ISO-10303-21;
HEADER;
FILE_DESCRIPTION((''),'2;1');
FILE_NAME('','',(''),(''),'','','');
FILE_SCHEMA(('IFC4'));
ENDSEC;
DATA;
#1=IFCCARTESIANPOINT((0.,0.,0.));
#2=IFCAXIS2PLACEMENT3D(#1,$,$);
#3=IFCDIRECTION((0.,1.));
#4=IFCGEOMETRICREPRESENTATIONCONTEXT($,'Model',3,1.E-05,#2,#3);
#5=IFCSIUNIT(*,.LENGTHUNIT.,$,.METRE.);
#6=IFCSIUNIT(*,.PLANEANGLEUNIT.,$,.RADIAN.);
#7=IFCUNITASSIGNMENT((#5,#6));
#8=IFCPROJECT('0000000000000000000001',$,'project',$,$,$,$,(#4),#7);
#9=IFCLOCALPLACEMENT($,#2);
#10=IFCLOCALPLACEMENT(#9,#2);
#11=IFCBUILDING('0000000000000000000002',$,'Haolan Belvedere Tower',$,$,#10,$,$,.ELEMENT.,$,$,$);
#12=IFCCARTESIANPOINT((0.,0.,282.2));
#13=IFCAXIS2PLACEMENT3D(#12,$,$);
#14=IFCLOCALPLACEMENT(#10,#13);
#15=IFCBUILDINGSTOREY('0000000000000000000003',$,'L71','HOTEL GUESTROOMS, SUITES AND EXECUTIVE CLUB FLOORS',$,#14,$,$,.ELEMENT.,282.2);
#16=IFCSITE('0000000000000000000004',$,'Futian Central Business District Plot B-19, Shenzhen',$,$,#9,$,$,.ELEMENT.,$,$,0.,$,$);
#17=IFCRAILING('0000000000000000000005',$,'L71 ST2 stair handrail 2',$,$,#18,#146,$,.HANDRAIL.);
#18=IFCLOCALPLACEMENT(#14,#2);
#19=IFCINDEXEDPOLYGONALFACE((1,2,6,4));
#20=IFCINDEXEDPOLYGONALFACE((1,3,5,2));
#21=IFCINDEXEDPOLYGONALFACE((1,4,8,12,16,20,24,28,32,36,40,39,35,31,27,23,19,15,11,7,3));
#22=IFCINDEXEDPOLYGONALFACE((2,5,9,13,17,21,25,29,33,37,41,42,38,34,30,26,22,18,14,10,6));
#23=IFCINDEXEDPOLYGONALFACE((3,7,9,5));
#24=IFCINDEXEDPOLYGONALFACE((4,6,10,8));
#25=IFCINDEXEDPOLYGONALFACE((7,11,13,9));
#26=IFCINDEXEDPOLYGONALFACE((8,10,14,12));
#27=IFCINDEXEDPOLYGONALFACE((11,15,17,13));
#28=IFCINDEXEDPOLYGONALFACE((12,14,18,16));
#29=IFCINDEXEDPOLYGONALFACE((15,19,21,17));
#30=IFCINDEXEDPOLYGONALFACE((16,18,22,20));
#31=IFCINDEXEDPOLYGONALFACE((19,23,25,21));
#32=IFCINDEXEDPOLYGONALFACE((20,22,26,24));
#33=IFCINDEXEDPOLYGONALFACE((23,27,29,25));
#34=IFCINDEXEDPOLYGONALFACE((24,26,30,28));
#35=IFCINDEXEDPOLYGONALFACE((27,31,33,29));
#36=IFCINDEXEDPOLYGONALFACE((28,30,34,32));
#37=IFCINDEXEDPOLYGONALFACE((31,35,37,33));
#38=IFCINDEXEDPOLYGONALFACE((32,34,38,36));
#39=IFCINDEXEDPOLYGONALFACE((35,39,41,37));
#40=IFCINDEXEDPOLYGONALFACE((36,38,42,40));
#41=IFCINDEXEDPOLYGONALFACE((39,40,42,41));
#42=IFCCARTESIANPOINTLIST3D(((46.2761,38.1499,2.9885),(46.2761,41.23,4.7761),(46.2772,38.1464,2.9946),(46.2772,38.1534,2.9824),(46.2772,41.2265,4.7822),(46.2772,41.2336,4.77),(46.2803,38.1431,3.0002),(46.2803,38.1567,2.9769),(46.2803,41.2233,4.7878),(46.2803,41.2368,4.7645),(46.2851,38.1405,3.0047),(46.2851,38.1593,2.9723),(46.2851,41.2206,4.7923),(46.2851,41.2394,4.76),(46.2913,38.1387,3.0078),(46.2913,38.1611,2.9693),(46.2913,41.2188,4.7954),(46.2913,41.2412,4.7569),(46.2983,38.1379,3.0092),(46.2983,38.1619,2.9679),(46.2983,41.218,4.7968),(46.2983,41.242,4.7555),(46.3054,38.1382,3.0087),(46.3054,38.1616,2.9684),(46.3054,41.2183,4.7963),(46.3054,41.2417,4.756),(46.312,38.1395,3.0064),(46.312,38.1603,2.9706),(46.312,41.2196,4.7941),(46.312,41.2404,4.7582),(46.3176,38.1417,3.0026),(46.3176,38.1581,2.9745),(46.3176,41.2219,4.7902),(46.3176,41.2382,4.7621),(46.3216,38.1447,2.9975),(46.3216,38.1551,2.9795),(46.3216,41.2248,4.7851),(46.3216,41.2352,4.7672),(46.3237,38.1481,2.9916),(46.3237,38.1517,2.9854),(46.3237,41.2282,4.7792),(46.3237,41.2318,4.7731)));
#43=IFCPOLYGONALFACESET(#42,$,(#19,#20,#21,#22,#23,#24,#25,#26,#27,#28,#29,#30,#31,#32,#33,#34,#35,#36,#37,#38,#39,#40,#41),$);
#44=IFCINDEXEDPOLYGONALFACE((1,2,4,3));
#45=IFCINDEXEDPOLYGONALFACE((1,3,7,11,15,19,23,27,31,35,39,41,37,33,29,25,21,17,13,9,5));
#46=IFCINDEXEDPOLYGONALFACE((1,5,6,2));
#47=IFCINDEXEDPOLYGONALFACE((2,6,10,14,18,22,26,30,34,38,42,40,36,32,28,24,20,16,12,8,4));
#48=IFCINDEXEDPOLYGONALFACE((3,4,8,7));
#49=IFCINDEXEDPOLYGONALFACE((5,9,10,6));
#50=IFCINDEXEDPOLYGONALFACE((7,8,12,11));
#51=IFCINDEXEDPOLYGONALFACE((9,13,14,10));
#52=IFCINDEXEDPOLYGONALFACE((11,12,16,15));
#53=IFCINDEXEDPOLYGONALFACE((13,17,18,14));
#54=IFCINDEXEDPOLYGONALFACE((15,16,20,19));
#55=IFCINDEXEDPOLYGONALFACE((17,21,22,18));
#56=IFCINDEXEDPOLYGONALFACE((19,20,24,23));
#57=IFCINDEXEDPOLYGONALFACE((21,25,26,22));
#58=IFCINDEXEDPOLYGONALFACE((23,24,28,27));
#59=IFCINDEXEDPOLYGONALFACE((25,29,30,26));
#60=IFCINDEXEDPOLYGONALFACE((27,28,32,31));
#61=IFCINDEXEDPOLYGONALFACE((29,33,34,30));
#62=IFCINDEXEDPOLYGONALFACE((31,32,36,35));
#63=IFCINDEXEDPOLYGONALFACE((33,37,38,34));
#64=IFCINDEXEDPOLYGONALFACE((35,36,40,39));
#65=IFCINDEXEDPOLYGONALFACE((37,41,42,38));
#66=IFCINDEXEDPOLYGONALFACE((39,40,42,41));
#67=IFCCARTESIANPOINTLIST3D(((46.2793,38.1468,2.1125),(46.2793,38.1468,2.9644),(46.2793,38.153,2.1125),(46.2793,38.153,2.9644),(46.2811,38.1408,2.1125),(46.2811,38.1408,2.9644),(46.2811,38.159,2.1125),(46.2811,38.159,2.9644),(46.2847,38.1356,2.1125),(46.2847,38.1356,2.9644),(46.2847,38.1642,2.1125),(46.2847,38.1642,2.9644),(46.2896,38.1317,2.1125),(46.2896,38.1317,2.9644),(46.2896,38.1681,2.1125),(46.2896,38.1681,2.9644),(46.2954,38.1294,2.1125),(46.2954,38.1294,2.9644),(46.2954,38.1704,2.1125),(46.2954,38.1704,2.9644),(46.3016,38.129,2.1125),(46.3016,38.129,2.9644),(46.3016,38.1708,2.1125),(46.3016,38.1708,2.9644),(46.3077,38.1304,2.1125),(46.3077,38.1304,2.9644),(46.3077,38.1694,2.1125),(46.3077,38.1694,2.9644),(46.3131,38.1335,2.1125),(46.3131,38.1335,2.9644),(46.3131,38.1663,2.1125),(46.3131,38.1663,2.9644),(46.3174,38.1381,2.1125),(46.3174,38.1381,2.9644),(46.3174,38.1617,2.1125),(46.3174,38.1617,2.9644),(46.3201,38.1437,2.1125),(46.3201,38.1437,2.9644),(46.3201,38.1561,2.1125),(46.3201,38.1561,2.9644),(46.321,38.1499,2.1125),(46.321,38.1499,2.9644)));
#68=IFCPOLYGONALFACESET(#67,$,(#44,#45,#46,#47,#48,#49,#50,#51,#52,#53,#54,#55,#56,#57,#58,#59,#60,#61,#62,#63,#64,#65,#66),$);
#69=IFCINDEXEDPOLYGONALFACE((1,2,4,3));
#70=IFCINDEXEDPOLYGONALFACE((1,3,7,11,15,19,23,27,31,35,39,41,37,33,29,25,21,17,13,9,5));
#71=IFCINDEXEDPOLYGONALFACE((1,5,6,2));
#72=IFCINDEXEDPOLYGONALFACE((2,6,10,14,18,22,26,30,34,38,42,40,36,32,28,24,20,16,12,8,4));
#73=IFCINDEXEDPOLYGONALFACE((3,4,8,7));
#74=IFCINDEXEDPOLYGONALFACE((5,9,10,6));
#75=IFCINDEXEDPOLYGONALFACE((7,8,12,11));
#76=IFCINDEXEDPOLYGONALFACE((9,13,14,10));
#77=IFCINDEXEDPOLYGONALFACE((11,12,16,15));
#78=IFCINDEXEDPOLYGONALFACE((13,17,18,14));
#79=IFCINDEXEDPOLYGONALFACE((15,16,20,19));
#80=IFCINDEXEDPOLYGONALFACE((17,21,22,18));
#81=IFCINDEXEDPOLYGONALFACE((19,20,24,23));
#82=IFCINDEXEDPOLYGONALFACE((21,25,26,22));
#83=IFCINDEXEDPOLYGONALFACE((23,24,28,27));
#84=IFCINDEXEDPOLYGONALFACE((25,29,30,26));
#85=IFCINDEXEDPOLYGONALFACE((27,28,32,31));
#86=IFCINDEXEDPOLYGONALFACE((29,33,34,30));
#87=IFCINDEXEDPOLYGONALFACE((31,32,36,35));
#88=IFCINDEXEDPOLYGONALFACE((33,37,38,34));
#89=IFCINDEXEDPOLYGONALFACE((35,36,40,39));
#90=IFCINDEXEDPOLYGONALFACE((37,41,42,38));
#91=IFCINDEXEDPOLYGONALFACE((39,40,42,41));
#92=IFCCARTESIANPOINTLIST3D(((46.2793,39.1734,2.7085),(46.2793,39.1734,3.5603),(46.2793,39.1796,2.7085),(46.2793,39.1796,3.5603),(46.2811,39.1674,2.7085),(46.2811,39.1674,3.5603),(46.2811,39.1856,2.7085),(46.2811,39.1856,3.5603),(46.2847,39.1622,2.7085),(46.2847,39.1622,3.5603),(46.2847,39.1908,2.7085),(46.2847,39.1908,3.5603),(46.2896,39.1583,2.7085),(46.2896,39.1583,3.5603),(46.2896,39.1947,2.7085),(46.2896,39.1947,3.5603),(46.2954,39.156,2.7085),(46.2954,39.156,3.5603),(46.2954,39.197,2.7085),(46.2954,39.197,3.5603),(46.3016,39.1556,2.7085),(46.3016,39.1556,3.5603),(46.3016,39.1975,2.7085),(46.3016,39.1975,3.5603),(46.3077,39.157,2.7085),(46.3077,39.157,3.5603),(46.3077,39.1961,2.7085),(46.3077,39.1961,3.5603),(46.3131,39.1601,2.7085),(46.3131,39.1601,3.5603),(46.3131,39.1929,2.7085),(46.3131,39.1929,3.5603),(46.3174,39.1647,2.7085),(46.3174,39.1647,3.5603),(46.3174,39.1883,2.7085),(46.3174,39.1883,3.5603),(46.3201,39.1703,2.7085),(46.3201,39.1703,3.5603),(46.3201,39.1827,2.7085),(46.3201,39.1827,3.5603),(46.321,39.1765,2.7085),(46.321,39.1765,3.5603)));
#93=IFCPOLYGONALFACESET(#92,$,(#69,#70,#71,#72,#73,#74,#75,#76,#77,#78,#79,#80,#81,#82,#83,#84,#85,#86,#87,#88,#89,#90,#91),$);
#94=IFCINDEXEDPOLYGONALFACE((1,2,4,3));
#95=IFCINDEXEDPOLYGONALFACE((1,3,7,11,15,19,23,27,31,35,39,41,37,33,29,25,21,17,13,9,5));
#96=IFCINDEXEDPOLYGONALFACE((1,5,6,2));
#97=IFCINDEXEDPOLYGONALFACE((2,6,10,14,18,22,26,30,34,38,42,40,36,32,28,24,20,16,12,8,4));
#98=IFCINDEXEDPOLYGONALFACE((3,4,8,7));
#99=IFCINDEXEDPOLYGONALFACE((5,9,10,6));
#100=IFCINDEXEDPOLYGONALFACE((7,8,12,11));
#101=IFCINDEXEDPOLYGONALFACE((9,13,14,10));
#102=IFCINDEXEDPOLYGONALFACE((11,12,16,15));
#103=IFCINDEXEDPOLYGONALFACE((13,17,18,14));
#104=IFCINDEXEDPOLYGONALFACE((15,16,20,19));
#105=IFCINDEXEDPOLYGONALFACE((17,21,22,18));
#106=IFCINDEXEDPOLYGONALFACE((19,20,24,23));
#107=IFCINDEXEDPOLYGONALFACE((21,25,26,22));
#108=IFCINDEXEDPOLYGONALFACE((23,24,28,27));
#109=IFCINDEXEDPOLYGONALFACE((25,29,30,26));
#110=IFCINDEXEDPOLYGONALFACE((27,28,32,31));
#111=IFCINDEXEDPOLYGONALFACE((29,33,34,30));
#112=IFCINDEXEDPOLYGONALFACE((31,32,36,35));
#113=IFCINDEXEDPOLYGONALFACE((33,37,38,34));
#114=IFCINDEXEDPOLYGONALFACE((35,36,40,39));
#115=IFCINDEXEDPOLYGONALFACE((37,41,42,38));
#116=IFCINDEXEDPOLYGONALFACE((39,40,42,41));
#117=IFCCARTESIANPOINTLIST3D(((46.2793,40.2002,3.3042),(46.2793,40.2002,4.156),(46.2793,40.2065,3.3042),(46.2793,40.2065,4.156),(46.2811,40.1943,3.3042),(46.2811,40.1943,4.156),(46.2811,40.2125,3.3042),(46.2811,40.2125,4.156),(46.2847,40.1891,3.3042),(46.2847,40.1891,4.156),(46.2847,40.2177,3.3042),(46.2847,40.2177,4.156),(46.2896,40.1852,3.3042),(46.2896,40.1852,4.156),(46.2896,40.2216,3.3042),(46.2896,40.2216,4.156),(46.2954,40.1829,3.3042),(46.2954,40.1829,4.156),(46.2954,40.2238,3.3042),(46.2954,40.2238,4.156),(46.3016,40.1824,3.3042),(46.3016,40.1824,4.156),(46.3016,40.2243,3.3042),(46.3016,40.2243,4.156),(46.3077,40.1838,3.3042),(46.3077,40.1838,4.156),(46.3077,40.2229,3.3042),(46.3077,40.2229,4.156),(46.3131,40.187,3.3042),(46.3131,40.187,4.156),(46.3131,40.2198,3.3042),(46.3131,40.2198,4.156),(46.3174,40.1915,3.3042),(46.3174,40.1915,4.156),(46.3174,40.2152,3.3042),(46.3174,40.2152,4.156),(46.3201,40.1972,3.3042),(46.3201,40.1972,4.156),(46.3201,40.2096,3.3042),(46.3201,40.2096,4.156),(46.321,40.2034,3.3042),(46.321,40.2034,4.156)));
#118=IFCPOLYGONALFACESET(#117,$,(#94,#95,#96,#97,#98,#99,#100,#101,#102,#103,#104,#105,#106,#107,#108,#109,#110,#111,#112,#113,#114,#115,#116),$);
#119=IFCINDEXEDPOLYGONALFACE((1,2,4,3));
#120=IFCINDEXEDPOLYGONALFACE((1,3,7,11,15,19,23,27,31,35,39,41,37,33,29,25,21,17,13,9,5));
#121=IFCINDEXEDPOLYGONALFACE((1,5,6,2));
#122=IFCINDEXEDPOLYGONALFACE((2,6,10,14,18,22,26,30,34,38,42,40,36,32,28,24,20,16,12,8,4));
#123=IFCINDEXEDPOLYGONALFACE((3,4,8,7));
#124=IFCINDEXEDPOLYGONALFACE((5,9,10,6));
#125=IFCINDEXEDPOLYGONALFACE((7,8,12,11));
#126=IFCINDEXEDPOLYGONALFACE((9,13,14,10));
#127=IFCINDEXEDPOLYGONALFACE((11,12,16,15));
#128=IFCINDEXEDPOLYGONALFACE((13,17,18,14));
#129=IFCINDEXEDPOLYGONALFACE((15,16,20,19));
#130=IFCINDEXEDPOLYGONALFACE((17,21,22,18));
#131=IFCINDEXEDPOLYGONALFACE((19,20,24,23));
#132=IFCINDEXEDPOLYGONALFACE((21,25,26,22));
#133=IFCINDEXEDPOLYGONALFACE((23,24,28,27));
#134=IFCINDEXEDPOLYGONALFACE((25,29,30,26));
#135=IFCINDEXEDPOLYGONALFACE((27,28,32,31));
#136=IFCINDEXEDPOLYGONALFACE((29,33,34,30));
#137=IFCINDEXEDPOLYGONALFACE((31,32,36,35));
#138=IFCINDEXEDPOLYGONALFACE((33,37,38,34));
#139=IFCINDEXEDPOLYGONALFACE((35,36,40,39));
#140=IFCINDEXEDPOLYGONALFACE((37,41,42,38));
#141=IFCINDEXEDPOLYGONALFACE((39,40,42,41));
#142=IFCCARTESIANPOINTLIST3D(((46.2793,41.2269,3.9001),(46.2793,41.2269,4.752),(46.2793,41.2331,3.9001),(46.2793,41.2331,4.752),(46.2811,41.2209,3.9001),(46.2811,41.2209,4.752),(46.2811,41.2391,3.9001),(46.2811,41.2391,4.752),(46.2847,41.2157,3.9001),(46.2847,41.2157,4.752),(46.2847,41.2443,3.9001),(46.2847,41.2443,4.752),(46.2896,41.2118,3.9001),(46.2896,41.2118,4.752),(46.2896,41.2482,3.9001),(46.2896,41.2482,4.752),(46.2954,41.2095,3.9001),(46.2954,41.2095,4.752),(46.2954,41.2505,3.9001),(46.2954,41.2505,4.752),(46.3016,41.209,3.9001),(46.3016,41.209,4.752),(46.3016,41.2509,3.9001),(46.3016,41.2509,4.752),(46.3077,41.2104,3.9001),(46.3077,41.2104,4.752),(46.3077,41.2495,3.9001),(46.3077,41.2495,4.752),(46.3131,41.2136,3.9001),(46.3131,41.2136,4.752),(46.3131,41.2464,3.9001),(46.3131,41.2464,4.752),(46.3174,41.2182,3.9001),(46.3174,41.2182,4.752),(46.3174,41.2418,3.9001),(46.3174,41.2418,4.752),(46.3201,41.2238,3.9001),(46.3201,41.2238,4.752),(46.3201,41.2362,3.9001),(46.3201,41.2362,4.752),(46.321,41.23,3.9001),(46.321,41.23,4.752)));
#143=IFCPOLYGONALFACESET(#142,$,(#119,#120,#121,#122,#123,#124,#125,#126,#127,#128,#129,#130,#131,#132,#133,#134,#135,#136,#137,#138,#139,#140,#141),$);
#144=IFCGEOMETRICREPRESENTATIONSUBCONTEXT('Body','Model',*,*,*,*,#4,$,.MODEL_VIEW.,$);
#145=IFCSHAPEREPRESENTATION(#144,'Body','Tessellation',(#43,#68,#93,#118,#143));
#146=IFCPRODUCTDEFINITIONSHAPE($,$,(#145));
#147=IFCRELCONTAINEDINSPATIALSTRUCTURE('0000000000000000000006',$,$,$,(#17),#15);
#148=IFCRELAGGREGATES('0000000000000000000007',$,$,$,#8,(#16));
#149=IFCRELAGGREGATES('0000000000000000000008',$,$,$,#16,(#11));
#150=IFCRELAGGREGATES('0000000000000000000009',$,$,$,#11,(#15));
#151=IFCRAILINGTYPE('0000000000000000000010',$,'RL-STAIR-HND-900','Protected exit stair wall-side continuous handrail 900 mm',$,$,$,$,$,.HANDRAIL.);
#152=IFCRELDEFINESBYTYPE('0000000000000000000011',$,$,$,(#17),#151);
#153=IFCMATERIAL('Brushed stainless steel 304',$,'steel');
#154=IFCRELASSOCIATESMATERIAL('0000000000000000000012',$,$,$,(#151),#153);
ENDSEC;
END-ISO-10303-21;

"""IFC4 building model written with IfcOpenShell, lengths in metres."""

from ifc_helpers import new_model, si_unit, direction, frame, origin, origin_2d, place, context, subcontext, project, spatial, circle, extrude, material, type_object, element, save


model = new_model("IFC4")

# Units and contexts
model_context = context("Model", 3, precision=1e-05, world=origin(), true_north=direction((0.0, 1.0)))
body_context = subcontext(model_context, "Body", "Model", "MODEL_VIEW")
ifc_project = project(units=[si_unit("LENGTHUNIT", "METRE"), si_unit("PLANEANGLEUNIT", "RADIAN")], contexts=[model_context])

# Site, building, storey
site_placement = place(None, origin())
site = spatial("IfcSite", under=ifc_project, at=site_placement, Name="Futian Central Business District Plot B-19, Shenzhen", CompositionType="ELEMENT", RefElevation=0.0)
building_placement = place(site_placement, origin())
building = spatial("IfcBuilding", under=site, at=building_placement, Name="Haolan Belvedere Tower", CompositionType="ELEMENT")
storey_placement = place(building_placement, frame((0.0, 0.0, 282.2)))
storey = spatial("IfcBuildingStorey", under=building, at=storey_placement, Name="L71", Description="HOTEL GUESTROOMS, SUITES AND EXECUTIVE CLUB FLOORS", CompositionType="ELEMENT", Elevation=282.2)

# Railing
ifc_material_1 = material(Name="Brushed stainless steel 304", Category="steel")
railing_type_1 = type_object("IfcRailingType", Name="RL-STAIR-HND-900", Description="Protected exit stair wall-side continuous handrail 900 mm", PredefinedType="HANDRAIL", material=ifc_material_1)
railing_1_placement = place(storey_placement, frame((46.3, 38.1499, 2.1125)))
element("IfcRailing", 1, at=railing_1_placement, inside=storey, type_object=railing_type_1, Name="L71 ST2 stair handrail 2", PredefinedType="HANDRAIL", context=body_context, shape_type="SweptSolid", body=[
    extrude(circle(Radius=0.0239, at=origin_2d()), frame((0.0, 0.0, 0.876), z_axis=(0.0, 0.864891, 0.50196), x_axis=(-1.0, 0.0, 0.0)), (0.0, 0.0, 1.0), 3.5613),
    extrude(circle(Radius=0.021, at=origin_2d()), origin(), (0.0, 0.0, 1.0), 0.8518),
    extrude(circle(Radius=0.021, at=origin_2d()), frame((0.0, 1.0266, 0.5959)), (0.0, 0.0, 1.0), 0.8518),
    extrude(circle(Radius=0.021, at=origin_2d()), frame((0.0, 2.0535, 1.1917)), (0.0, 0.0, 1.0), 0.8518),
    extrude(circle(Radius=0.021, at=origin_2d()), frame((0.0, 3.0801, 1.7876)), (0.0, 0.0, 1.0), 0.8518),
])

save(model, "model.ifc")
